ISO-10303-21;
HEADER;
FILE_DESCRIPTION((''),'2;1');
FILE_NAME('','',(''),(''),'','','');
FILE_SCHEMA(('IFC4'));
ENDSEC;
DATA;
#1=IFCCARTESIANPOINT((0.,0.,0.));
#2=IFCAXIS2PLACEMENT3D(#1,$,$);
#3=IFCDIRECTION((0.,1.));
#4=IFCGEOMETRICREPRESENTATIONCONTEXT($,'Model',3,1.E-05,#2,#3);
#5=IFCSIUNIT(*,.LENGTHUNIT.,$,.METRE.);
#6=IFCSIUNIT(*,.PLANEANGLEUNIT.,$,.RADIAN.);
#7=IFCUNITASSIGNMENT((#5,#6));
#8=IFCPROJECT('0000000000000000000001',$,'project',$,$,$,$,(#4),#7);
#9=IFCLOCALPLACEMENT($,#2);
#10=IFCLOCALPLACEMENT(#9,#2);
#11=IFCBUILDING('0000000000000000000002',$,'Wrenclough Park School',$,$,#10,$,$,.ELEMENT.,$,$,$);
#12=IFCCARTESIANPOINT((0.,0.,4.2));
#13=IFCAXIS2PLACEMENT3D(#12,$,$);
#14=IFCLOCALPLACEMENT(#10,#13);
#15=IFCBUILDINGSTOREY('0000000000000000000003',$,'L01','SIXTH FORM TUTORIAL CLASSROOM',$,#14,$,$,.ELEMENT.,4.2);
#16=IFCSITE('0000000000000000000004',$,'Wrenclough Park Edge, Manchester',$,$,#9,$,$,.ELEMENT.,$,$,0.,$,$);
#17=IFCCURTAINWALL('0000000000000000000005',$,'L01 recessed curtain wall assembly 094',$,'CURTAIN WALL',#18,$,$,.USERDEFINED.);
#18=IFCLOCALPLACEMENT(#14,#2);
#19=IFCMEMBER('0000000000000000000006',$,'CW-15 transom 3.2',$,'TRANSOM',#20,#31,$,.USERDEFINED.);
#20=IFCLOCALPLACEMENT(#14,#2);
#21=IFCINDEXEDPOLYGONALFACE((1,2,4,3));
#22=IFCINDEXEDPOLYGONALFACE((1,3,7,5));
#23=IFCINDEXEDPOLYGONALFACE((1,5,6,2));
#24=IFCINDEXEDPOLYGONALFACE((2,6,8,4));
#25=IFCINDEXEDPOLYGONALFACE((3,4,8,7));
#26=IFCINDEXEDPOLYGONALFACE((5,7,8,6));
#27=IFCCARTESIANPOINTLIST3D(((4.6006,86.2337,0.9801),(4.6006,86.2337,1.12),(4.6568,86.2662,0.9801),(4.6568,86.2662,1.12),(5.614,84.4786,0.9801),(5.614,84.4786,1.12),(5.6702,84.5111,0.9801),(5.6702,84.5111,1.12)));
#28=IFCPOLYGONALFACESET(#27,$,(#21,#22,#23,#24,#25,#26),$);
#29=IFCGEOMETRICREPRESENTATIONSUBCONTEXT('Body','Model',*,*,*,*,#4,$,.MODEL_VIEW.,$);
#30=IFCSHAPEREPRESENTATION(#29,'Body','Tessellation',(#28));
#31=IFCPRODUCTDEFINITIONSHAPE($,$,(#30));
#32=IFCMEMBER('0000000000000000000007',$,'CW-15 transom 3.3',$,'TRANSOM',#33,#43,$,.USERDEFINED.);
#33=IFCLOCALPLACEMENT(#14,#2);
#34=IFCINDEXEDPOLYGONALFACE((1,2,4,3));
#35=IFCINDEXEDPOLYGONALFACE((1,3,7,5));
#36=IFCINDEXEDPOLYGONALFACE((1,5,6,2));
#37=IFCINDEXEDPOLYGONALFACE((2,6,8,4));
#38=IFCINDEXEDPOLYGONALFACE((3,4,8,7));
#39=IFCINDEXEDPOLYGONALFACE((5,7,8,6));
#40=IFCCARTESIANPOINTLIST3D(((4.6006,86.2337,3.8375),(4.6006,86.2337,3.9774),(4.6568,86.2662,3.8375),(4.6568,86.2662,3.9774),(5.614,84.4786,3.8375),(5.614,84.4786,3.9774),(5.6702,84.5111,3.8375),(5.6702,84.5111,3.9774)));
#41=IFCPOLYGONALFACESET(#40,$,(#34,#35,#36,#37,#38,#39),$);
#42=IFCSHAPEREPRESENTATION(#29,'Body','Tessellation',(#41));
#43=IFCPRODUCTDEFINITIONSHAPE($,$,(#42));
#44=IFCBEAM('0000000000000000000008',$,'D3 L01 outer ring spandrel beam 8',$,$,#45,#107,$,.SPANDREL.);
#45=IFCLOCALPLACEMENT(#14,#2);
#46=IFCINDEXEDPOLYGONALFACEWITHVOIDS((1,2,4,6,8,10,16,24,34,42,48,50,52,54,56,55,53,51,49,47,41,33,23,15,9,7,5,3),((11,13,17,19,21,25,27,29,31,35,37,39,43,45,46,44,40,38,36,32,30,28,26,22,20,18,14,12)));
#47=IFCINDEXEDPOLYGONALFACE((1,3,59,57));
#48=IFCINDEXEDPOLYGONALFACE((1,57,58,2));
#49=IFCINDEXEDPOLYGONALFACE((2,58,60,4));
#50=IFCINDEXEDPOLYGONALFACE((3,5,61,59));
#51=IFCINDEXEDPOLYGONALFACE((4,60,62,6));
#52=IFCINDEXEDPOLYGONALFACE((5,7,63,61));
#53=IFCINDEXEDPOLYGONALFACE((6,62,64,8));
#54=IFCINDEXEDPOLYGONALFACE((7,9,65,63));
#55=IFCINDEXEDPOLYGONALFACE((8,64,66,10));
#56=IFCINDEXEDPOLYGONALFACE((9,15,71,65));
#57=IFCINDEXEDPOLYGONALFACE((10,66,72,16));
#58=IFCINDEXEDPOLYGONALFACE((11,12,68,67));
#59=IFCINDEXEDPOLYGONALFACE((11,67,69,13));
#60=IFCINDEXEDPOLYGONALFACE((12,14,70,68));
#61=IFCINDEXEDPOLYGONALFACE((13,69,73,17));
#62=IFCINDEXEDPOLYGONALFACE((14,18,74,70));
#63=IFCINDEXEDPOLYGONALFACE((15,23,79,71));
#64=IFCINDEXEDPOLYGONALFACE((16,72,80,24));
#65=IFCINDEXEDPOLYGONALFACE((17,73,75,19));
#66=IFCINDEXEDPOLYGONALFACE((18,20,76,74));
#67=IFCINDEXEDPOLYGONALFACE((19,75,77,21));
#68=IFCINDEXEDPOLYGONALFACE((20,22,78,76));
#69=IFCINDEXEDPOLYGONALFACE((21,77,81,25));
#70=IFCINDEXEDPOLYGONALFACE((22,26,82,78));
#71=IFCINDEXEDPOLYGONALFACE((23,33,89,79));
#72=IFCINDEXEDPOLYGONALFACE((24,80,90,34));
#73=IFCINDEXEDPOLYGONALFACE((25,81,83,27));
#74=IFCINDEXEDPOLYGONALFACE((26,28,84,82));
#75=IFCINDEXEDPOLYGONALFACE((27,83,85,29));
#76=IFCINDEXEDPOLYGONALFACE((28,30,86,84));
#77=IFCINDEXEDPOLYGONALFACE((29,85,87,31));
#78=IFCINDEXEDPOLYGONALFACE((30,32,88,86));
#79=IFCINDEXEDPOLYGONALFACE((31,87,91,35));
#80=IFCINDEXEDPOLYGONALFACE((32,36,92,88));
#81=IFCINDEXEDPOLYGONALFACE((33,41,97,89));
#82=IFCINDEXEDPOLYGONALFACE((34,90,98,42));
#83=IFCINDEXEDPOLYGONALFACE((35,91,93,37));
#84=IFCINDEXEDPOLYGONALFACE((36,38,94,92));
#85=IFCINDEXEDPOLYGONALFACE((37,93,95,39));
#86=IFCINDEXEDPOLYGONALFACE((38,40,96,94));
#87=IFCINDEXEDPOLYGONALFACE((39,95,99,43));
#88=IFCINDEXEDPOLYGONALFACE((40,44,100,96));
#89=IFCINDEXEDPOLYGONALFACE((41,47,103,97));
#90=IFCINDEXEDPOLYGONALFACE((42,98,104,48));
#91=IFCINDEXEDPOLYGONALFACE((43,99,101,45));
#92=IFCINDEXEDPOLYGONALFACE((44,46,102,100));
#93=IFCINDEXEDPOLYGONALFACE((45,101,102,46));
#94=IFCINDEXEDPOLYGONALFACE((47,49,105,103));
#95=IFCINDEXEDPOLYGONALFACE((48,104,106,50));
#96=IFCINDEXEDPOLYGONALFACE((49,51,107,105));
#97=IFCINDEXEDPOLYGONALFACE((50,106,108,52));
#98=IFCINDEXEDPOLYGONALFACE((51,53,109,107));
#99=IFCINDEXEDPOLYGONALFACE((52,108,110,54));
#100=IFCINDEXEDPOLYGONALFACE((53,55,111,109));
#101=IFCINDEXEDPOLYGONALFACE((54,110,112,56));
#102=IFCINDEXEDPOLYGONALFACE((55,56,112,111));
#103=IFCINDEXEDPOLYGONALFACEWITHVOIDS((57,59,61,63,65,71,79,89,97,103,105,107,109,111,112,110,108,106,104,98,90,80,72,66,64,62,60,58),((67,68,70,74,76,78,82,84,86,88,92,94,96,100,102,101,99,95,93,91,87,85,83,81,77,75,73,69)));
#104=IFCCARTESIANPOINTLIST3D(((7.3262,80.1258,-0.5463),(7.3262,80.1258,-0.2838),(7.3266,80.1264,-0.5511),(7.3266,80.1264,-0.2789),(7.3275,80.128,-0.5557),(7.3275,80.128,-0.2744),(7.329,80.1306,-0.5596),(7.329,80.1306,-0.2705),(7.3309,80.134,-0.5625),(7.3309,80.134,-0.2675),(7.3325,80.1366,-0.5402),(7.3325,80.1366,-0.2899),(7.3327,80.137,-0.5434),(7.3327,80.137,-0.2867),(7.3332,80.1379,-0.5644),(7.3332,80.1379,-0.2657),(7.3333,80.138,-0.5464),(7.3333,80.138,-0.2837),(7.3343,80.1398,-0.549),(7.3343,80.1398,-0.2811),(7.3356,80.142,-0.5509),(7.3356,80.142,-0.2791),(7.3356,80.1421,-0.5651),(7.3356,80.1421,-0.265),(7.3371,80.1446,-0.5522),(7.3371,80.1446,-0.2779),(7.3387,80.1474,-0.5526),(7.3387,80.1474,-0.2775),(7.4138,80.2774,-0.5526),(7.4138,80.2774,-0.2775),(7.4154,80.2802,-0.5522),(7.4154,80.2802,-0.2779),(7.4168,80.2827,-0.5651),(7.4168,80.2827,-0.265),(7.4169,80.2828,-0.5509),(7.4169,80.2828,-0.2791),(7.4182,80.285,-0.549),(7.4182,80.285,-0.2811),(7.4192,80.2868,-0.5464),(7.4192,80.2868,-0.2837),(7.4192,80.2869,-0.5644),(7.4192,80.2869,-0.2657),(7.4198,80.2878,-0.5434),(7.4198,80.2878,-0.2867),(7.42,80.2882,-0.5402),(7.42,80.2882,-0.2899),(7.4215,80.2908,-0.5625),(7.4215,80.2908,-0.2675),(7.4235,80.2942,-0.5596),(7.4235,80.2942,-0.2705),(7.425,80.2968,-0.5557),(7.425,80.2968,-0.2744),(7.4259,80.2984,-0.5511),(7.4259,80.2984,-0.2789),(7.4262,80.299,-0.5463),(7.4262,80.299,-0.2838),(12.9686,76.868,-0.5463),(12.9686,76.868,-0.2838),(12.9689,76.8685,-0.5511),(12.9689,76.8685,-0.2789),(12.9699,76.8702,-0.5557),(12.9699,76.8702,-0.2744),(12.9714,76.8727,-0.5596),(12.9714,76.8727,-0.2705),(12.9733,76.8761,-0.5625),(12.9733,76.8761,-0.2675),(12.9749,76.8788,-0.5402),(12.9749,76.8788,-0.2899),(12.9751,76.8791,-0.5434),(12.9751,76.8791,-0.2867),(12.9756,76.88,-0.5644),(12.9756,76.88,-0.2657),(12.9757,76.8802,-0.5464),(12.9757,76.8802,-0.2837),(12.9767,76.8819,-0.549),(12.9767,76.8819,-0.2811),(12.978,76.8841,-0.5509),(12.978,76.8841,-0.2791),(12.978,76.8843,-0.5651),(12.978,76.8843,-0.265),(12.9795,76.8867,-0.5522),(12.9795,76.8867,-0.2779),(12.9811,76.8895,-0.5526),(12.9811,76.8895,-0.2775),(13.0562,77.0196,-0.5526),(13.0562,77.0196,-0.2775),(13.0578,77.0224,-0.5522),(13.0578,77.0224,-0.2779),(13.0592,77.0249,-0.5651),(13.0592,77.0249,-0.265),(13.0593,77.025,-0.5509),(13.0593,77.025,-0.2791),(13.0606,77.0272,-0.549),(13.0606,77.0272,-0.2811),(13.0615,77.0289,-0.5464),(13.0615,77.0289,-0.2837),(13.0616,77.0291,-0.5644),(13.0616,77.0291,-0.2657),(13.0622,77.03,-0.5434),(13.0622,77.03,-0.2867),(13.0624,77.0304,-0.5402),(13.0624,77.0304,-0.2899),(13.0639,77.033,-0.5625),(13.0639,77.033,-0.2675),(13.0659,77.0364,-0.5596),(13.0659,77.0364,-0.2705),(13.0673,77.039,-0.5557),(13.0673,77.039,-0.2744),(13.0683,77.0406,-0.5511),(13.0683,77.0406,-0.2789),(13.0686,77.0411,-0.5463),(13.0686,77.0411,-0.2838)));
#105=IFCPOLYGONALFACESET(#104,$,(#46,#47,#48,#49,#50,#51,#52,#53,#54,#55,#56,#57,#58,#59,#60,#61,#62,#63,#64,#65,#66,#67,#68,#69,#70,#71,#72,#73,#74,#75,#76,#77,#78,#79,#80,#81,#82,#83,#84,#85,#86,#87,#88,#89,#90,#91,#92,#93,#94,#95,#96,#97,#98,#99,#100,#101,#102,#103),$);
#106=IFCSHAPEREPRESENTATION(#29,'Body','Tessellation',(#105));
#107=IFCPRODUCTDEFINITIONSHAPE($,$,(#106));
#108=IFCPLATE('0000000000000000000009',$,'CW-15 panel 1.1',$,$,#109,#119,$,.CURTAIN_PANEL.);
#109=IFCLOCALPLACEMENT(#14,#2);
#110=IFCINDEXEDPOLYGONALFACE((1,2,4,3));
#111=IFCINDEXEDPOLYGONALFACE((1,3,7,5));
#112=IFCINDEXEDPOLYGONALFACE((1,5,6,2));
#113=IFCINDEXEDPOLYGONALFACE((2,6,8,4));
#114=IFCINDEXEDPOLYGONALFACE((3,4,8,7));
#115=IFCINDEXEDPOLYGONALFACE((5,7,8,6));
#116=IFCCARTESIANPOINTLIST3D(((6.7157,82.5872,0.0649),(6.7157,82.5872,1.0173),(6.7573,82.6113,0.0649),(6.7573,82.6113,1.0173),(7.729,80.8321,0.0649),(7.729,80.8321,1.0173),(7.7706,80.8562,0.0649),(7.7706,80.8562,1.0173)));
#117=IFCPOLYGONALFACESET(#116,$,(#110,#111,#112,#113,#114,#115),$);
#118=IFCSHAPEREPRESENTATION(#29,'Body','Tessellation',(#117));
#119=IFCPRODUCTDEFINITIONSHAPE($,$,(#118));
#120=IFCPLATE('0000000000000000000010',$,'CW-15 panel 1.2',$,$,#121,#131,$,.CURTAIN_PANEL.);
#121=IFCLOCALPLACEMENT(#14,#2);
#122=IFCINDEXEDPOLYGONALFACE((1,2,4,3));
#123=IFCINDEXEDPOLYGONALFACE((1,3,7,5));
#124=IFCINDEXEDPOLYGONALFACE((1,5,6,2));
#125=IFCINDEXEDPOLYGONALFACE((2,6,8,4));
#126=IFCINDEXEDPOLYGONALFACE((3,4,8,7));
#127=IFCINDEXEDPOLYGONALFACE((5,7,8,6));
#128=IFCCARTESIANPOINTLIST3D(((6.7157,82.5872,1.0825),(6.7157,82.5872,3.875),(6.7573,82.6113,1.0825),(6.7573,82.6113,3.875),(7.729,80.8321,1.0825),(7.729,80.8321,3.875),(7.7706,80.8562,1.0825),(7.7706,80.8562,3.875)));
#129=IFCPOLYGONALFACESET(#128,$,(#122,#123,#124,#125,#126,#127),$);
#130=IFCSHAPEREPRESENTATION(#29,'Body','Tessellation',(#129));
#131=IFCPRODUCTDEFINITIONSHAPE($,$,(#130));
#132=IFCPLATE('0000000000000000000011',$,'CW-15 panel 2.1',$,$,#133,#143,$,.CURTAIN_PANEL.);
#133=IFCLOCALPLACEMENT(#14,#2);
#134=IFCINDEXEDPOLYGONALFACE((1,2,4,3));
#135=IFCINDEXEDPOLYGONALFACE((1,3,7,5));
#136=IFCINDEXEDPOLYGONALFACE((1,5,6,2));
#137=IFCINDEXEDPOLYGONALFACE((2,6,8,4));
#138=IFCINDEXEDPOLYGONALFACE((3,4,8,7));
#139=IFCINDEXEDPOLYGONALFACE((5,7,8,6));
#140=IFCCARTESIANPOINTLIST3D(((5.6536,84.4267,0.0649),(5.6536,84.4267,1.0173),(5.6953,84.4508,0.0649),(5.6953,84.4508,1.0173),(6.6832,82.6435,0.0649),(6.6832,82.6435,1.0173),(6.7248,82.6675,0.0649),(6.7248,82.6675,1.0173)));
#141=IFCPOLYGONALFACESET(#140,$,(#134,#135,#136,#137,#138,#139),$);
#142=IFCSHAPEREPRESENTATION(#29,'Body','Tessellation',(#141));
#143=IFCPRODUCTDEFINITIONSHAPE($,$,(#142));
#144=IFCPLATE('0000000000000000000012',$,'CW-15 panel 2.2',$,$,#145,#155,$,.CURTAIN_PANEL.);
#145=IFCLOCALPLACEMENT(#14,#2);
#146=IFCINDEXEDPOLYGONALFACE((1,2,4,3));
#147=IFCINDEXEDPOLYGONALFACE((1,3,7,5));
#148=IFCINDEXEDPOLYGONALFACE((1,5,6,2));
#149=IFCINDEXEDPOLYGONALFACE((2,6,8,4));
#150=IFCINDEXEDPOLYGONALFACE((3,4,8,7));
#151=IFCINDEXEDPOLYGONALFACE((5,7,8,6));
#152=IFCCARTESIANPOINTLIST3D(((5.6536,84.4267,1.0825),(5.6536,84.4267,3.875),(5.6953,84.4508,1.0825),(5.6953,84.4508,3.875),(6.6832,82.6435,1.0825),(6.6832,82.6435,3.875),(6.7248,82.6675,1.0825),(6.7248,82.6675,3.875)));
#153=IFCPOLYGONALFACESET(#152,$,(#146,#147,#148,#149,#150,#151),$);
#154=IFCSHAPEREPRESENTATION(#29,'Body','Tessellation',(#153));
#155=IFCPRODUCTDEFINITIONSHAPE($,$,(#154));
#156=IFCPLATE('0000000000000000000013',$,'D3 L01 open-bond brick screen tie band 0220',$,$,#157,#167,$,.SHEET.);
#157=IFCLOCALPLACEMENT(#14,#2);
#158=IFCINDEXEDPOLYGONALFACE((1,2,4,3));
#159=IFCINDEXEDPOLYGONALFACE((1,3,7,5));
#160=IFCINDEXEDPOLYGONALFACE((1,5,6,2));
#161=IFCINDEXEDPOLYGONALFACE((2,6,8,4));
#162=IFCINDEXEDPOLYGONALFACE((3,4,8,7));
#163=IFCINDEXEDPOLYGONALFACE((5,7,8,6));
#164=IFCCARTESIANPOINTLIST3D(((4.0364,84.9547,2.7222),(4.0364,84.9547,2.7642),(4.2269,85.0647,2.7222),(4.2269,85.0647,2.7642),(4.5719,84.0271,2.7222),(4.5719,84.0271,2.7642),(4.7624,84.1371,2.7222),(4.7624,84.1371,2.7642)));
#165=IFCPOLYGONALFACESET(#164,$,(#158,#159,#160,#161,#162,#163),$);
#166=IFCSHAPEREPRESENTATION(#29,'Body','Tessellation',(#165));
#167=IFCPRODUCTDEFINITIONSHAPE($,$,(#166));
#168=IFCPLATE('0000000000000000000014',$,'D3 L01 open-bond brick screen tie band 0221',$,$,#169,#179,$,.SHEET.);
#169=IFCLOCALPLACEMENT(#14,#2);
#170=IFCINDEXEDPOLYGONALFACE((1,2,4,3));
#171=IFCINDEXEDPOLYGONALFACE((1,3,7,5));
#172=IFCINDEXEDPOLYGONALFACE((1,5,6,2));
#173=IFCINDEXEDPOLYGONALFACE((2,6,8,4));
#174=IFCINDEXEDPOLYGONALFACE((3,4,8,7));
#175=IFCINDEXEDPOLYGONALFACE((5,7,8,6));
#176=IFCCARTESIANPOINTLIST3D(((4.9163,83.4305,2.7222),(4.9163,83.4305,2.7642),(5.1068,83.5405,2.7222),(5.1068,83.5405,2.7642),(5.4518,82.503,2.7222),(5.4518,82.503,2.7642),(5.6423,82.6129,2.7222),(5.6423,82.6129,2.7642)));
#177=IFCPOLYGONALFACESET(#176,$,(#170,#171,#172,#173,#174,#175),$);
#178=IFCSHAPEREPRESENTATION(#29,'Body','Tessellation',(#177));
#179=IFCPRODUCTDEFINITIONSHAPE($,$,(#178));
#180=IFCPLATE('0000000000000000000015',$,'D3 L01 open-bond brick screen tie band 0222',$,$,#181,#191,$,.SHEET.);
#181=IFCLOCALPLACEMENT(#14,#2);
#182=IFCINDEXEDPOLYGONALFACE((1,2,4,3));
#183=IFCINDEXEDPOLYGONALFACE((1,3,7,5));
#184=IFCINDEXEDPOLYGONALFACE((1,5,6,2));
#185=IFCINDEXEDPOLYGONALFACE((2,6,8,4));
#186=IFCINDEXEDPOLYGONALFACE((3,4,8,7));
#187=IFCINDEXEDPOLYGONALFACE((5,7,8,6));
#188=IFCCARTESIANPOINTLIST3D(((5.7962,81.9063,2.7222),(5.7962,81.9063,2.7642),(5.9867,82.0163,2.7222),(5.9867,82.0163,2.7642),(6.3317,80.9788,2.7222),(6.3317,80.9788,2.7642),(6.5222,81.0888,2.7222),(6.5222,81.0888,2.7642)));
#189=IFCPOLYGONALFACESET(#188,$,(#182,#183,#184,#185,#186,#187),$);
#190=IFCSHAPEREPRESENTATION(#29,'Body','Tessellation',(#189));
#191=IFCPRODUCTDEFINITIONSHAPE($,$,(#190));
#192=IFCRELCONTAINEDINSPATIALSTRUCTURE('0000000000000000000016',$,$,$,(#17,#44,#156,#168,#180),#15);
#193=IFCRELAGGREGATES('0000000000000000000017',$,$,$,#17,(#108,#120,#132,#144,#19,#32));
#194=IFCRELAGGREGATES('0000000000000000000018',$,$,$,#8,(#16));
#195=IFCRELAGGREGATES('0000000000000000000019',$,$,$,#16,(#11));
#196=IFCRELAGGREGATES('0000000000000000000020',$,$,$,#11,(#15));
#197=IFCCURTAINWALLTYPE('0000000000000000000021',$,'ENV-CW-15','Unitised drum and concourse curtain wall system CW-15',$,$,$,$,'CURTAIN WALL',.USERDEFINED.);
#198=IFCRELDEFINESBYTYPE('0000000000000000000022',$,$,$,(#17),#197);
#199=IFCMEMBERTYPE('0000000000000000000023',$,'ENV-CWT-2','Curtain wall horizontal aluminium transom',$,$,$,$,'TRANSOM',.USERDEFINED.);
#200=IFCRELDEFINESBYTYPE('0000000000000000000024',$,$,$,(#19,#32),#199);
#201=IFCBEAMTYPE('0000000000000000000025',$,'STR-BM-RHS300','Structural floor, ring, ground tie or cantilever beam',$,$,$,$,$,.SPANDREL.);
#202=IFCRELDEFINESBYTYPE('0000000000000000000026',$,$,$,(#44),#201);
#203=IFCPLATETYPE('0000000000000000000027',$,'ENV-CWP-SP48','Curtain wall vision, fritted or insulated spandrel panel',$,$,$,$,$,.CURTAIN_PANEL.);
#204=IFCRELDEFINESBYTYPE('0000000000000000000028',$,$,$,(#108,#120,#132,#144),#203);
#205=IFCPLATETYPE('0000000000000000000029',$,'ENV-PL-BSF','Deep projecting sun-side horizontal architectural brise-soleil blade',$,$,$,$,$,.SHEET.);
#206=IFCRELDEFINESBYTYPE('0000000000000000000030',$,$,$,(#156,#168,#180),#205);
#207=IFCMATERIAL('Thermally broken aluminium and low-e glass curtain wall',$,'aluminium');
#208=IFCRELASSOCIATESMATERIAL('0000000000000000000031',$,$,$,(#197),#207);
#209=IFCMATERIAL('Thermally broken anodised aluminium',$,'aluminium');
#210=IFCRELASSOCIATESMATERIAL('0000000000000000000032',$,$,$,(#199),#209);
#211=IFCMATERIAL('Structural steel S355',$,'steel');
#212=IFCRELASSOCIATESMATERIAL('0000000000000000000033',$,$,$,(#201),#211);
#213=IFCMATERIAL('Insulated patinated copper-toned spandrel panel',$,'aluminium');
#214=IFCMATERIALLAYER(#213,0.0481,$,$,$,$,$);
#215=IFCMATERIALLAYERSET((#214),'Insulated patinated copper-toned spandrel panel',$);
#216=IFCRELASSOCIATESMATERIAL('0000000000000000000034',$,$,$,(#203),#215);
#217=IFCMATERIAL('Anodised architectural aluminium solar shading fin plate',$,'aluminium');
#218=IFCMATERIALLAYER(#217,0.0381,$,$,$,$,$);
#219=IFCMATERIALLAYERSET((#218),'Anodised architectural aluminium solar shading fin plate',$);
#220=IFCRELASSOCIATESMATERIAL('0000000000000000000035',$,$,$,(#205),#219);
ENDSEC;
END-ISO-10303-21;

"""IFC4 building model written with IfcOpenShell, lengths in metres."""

from ifc_helpers import new_model, si_unit, direction, frame, origin, origin_2d, place, context, subcontext, project, spatial, rectangle, hollow_rectangle, extrude, material, layer, layer_set, material_profile, profile_set, type_object, element, aggregate, save


model = new_model("IFC4")

# Units and contexts
model_context = context("Model", 3, precision=1e-05, world=origin(), true_north=direction((0.0, 1.0)))
body_context = subcontext(model_context, "Body", "Model", "MODEL_VIEW")
ifc_project = project(units=[si_unit("LENGTHUNIT", "METRE"), si_unit("PLANEANGLEUNIT", "RADIAN")], contexts=[model_context])

# Site, building, storey
site_placement = place(None, origin())
site = spatial("IfcSite", under=ifc_project, at=site_placement, Name="Wrenclough Park Edge, Manchester", CompositionType="ELEMENT", RefElevation=0.0)
building_placement = place(site_placement, origin())
building = spatial("IfcBuilding", under=site, at=building_placement, Name="Wrenclough Park School", CompositionType="ELEMENT")
storey_placement = place(building_placement, frame((0.0, 0.0, 4.2)))
storey = spatial("IfcBuildingStorey", under=building, at=storey_placement, Name="L01", Description="SIXTH FORM TUTORIAL CLASSROOM", CompositionType="ELEMENT", Elevation=4.2)

# Shared definitions
ifc_material_1 = material(Name="Structural steel S355", Category="steel")

# Curtain wall, members
ifc_material_2 = material(Name="Thermally broken aluminium and low-e glass curtain wall", Category="aluminium")
curtain_wall_type = type_object("IfcCurtainWallType", Name="ENV-CW-15", Description="Unitised drum and concourse curtain wall system CW-15", ElementType="CURTAIN WALL", PredefinedType="USERDEFINED", material=ifc_material_2)
curtain_wall_placement = place(storey_placement, origin())
curtain_wall = element("IfcCurtainWall", 1, at=curtain_wall_placement, inside=storey, type_object=curtain_wall_type, Name="L01 recessed curtain wall assembly 094", ObjectType="CURTAIN WALL", PredefinedType="USERDEFINED")
ifc_material_3 = material(Name="Thermally broken anodised aluminium", Category="aluminium")
ifc_material_profile_1 = material_profile(ifc_material_3, rectangle(XDim=0.0649, YDim=0.1399, at=origin_2d()), Name="AL TRANSOM 65x140")
ifc_profile_set_1 = profile_set([ifc_material_profile_1], Name="Thermally broken anodised aluminium")
member_type_1 = type_object("IfcMemberType", Name="ENV-CWT-2", Description="Curtain wall horizontal aluminium transom", ElementType="TRANSOM", PredefinedType="USERDEFINED", material=ifc_profile_set_1)
member_1_placement = place(storey_placement, frame((5.6421, 84.4949, 1.05), z_axis=(-0.500039, 0.866003, 0.0), x_axis=(-0.866003, -0.500039, 0.0)))
member_1 = element("IfcMember", 2, at=member_1_placement, type_object=member_type_1, Name="CW-15 transom 3.2", ObjectType="TRANSOM", PredefinedType="USERDEFINED", context=body_context, shape_type="SweptSolid", body=[
    extrude(rectangle(XDim=0.0649, YDim=0.1399, at=origin_2d()), origin(), (0.0, 0.0, 1.0), 2.0266),
])
member_2_placement = place(storey_placement, frame((5.6421, 84.4949, 3.9075), z_axis=(-0.500039, 0.866003, 0.0), x_axis=(-0.866003, -0.500039, 0.0)))
member_2 = element("IfcMember", 3, at=member_2_placement, type_object=member_type_1, Name="CW-15 transom 3.3", ObjectType="TRANSOM", PredefinedType="USERDEFINED", context=body_context, shape_type="SweptSolid", body=[
    extrude(rectangle(XDim=0.0649, YDim=0.1399, at=origin_2d()), origin(), (0.0, 0.0, 1.0), 2.0266),
])

# Beam
ifc_material_profile_2 = material_profile(ifc_material_1, hollow_rectangle(XDim=0.2, YDim=0.3, WallThickness=0.0125, InnerFilletRadius=0.0125, OuterFilletRadius=0.0188, at=origin_2d()), Name="RHS 300x200x12.5")
ifc_profile_set_2 = profile_set([ifc_material_profile_2], Name="Structural steel S355")
beam_type = type_object("IfcBeamType", Name="STR-BM-RHS300", Description="Structural floor, ring, ground tie or cantilever beam", PredefinedType="SPANDREL", material=ifc_profile_set_2)
beam_placement = place(storey_placement, frame((7.3762, 80.2124, -0.415), z_axis=(0.866011, -0.500024, 0.0), x_axis=(0.500024, 0.866011, 0.0)))
element("IfcBeam", 4, at=beam_placement, inside=storey, type_object=beam_type, Name="D3 L01 outer ring spandrel beam 8", PredefinedType="SPANDREL", context=body_context, shape_type="SweptSolid", body=[
    extrude(hollow_rectangle(XDim=0.2, YDim=0.3, WallThickness=0.0125, InnerFilletRadius=0.0125, OuterFilletRadius=0.0188, at=origin_2d()), origin(), (0.0, 0.0, 1.0), 6.5154),
])

# Plates
ifc_material_4 = material(Name="Insulated patinated copper-toned spandrel panel", Category="aluminium")
ifc_layer_1 = layer(ifc_material_4, 0.0481)
ifc_layer_set_1 = layer_set([ifc_layer_1], Name="Insulated patinated copper-toned spandrel panel")
plate_type_1 = type_object("IfcPlateType", Name="ENV-CWP-SP48", Description="Curtain wall vision, fritted or insulated spandrel panel", PredefinedType="CURTAIN_PANEL", material=ifc_layer_set_1)
plate_1_placement = place(storey_placement, frame((7.2432, 81.7217, 0.0649), z_axis=(0.0, 0.0, 1.0), x_axis=(-0.499999, 0.866026, 0.0)))
plate_1 = element("IfcPlate", 5, at=plate_1_placement, type_object=plate_type_1, Name="CW-15 panel 1.1", PredefinedType="CURTAIN_PANEL", context=body_context, shape_type="SweptSolid", body=[
    extrude(rectangle(XDim=2.0266, YDim=0.0481, at=origin_2d()), origin(), (0.0, 0.0, 1.0), 0.9524),
])
plate_2_placement = place(storey_placement, frame((7.2432, 81.7217, 1.0825), z_axis=(0.0, 0.0, 1.0), x_axis=(-0.499999, 0.866026, 0.0)))
plate_2 = element("IfcPlate", 6, at=plate_2_placement, type_object=plate_type_1, Name="CW-15 panel 1.2", PredefinedType="CURTAIN_PANEL", context=body_context, shape_type="SweptSolid", body=[
    extrude(rectangle(XDim=2.0266, YDim=0.0481, at=origin_2d()), origin(), (0.0, 0.0, 1.0), 2.7925),
])
plate_3_placement = place(storey_placement, frame((6.1892, 83.5471, 0.0649), z_axis=(0.0, 0.0, 1.0), x_axis=(-0.499999, 0.866026, 0.0)))
plate_3 = element("IfcPlate", 7, at=plate_3_placement, type_object=plate_type_1, Name="CW-15 panel 2.1", PredefinedType="CURTAIN_PANEL", context=body_context, shape_type="SweptSolid", body=[
    extrude(rectangle(XDim=2.0591, YDim=0.0481, at=origin_2d()), origin(), (0.0, 0.0, 1.0), 0.9524),
])
plate_4_placement = place(storey_placement, frame((6.1892, 83.5471, 1.0825), z_axis=(0.0, 0.0, 1.0), x_axis=(-0.499999, 0.866026, 0.0)))
plate_4 = element("IfcPlate", 8, at=plate_4_placement, type_object=plate_type_1, Name="CW-15 panel 2.2", PredefinedType="CURTAIN_PANEL", context=body_context, shape_type="SweptSolid", body=[
    extrude(rectangle(XDim=2.0591, YDim=0.0481, at=origin_2d()), origin(), (0.0, 0.0, 1.0), 2.7925),
])
aggregate(curtain_wall, [plate_1, plate_2, plate_3, plate_4, member_1, member_2])

# Plates
ifc_material_5 = material(Name="Anodised architectural aluminium solar shading fin plate", Category="aluminium")
ifc_layer_2 = layer(ifc_material_5, 0.0381)
ifc_layer_set_2 = layer_set([ifc_layer_2], Name="Anodised architectural aluminium solar shading fin plate")
plate_type_2 = type_object("IfcPlateType", Name="ENV-PL-BSF", Description="Deep projecting sun-side horizontal architectural brise-soleil blade", PredefinedType="SHEET", material=ifc_layer_set_2)
for number, where, z_axis, x_axis, name in (
    (9, (4.3994, 84.5459, 2.7222), (0.0, 0.0, 1.0), (0.499991, -0.866031, 0.0), "D3 L01 open-bond brick screen tie band 0220"),
    (10, (5.2793, 83.0217, 2.7222), (0.0, 0.0, 1.0), (0.499991, -0.866031, 0.0), "D3 L01 open-bond brick screen tie band 0221"),
    (11, (6.1592, 81.4976, 2.7222), (0.0, 0.0, 1.0), (0.499991, -0.866031, 0.0), "D3 L01 open-bond brick screen tie band 0222"),
):
    element("IfcPlate", number, at=place(storey_placement, frame(where, z_axis=z_axis, x_axis=x_axis)), inside=storey, type_object=plate_type_2, Name=name, PredefinedType="SHEET", context=body_context, shape_type="SweptSolid", body=[
        extrude(rectangle(XDim=1.071, YDim=0.22, at=origin_2d()), origin(), (0.0, 0.0, 1.0), 0.042),
    ])

save(model, "model.ifc")
